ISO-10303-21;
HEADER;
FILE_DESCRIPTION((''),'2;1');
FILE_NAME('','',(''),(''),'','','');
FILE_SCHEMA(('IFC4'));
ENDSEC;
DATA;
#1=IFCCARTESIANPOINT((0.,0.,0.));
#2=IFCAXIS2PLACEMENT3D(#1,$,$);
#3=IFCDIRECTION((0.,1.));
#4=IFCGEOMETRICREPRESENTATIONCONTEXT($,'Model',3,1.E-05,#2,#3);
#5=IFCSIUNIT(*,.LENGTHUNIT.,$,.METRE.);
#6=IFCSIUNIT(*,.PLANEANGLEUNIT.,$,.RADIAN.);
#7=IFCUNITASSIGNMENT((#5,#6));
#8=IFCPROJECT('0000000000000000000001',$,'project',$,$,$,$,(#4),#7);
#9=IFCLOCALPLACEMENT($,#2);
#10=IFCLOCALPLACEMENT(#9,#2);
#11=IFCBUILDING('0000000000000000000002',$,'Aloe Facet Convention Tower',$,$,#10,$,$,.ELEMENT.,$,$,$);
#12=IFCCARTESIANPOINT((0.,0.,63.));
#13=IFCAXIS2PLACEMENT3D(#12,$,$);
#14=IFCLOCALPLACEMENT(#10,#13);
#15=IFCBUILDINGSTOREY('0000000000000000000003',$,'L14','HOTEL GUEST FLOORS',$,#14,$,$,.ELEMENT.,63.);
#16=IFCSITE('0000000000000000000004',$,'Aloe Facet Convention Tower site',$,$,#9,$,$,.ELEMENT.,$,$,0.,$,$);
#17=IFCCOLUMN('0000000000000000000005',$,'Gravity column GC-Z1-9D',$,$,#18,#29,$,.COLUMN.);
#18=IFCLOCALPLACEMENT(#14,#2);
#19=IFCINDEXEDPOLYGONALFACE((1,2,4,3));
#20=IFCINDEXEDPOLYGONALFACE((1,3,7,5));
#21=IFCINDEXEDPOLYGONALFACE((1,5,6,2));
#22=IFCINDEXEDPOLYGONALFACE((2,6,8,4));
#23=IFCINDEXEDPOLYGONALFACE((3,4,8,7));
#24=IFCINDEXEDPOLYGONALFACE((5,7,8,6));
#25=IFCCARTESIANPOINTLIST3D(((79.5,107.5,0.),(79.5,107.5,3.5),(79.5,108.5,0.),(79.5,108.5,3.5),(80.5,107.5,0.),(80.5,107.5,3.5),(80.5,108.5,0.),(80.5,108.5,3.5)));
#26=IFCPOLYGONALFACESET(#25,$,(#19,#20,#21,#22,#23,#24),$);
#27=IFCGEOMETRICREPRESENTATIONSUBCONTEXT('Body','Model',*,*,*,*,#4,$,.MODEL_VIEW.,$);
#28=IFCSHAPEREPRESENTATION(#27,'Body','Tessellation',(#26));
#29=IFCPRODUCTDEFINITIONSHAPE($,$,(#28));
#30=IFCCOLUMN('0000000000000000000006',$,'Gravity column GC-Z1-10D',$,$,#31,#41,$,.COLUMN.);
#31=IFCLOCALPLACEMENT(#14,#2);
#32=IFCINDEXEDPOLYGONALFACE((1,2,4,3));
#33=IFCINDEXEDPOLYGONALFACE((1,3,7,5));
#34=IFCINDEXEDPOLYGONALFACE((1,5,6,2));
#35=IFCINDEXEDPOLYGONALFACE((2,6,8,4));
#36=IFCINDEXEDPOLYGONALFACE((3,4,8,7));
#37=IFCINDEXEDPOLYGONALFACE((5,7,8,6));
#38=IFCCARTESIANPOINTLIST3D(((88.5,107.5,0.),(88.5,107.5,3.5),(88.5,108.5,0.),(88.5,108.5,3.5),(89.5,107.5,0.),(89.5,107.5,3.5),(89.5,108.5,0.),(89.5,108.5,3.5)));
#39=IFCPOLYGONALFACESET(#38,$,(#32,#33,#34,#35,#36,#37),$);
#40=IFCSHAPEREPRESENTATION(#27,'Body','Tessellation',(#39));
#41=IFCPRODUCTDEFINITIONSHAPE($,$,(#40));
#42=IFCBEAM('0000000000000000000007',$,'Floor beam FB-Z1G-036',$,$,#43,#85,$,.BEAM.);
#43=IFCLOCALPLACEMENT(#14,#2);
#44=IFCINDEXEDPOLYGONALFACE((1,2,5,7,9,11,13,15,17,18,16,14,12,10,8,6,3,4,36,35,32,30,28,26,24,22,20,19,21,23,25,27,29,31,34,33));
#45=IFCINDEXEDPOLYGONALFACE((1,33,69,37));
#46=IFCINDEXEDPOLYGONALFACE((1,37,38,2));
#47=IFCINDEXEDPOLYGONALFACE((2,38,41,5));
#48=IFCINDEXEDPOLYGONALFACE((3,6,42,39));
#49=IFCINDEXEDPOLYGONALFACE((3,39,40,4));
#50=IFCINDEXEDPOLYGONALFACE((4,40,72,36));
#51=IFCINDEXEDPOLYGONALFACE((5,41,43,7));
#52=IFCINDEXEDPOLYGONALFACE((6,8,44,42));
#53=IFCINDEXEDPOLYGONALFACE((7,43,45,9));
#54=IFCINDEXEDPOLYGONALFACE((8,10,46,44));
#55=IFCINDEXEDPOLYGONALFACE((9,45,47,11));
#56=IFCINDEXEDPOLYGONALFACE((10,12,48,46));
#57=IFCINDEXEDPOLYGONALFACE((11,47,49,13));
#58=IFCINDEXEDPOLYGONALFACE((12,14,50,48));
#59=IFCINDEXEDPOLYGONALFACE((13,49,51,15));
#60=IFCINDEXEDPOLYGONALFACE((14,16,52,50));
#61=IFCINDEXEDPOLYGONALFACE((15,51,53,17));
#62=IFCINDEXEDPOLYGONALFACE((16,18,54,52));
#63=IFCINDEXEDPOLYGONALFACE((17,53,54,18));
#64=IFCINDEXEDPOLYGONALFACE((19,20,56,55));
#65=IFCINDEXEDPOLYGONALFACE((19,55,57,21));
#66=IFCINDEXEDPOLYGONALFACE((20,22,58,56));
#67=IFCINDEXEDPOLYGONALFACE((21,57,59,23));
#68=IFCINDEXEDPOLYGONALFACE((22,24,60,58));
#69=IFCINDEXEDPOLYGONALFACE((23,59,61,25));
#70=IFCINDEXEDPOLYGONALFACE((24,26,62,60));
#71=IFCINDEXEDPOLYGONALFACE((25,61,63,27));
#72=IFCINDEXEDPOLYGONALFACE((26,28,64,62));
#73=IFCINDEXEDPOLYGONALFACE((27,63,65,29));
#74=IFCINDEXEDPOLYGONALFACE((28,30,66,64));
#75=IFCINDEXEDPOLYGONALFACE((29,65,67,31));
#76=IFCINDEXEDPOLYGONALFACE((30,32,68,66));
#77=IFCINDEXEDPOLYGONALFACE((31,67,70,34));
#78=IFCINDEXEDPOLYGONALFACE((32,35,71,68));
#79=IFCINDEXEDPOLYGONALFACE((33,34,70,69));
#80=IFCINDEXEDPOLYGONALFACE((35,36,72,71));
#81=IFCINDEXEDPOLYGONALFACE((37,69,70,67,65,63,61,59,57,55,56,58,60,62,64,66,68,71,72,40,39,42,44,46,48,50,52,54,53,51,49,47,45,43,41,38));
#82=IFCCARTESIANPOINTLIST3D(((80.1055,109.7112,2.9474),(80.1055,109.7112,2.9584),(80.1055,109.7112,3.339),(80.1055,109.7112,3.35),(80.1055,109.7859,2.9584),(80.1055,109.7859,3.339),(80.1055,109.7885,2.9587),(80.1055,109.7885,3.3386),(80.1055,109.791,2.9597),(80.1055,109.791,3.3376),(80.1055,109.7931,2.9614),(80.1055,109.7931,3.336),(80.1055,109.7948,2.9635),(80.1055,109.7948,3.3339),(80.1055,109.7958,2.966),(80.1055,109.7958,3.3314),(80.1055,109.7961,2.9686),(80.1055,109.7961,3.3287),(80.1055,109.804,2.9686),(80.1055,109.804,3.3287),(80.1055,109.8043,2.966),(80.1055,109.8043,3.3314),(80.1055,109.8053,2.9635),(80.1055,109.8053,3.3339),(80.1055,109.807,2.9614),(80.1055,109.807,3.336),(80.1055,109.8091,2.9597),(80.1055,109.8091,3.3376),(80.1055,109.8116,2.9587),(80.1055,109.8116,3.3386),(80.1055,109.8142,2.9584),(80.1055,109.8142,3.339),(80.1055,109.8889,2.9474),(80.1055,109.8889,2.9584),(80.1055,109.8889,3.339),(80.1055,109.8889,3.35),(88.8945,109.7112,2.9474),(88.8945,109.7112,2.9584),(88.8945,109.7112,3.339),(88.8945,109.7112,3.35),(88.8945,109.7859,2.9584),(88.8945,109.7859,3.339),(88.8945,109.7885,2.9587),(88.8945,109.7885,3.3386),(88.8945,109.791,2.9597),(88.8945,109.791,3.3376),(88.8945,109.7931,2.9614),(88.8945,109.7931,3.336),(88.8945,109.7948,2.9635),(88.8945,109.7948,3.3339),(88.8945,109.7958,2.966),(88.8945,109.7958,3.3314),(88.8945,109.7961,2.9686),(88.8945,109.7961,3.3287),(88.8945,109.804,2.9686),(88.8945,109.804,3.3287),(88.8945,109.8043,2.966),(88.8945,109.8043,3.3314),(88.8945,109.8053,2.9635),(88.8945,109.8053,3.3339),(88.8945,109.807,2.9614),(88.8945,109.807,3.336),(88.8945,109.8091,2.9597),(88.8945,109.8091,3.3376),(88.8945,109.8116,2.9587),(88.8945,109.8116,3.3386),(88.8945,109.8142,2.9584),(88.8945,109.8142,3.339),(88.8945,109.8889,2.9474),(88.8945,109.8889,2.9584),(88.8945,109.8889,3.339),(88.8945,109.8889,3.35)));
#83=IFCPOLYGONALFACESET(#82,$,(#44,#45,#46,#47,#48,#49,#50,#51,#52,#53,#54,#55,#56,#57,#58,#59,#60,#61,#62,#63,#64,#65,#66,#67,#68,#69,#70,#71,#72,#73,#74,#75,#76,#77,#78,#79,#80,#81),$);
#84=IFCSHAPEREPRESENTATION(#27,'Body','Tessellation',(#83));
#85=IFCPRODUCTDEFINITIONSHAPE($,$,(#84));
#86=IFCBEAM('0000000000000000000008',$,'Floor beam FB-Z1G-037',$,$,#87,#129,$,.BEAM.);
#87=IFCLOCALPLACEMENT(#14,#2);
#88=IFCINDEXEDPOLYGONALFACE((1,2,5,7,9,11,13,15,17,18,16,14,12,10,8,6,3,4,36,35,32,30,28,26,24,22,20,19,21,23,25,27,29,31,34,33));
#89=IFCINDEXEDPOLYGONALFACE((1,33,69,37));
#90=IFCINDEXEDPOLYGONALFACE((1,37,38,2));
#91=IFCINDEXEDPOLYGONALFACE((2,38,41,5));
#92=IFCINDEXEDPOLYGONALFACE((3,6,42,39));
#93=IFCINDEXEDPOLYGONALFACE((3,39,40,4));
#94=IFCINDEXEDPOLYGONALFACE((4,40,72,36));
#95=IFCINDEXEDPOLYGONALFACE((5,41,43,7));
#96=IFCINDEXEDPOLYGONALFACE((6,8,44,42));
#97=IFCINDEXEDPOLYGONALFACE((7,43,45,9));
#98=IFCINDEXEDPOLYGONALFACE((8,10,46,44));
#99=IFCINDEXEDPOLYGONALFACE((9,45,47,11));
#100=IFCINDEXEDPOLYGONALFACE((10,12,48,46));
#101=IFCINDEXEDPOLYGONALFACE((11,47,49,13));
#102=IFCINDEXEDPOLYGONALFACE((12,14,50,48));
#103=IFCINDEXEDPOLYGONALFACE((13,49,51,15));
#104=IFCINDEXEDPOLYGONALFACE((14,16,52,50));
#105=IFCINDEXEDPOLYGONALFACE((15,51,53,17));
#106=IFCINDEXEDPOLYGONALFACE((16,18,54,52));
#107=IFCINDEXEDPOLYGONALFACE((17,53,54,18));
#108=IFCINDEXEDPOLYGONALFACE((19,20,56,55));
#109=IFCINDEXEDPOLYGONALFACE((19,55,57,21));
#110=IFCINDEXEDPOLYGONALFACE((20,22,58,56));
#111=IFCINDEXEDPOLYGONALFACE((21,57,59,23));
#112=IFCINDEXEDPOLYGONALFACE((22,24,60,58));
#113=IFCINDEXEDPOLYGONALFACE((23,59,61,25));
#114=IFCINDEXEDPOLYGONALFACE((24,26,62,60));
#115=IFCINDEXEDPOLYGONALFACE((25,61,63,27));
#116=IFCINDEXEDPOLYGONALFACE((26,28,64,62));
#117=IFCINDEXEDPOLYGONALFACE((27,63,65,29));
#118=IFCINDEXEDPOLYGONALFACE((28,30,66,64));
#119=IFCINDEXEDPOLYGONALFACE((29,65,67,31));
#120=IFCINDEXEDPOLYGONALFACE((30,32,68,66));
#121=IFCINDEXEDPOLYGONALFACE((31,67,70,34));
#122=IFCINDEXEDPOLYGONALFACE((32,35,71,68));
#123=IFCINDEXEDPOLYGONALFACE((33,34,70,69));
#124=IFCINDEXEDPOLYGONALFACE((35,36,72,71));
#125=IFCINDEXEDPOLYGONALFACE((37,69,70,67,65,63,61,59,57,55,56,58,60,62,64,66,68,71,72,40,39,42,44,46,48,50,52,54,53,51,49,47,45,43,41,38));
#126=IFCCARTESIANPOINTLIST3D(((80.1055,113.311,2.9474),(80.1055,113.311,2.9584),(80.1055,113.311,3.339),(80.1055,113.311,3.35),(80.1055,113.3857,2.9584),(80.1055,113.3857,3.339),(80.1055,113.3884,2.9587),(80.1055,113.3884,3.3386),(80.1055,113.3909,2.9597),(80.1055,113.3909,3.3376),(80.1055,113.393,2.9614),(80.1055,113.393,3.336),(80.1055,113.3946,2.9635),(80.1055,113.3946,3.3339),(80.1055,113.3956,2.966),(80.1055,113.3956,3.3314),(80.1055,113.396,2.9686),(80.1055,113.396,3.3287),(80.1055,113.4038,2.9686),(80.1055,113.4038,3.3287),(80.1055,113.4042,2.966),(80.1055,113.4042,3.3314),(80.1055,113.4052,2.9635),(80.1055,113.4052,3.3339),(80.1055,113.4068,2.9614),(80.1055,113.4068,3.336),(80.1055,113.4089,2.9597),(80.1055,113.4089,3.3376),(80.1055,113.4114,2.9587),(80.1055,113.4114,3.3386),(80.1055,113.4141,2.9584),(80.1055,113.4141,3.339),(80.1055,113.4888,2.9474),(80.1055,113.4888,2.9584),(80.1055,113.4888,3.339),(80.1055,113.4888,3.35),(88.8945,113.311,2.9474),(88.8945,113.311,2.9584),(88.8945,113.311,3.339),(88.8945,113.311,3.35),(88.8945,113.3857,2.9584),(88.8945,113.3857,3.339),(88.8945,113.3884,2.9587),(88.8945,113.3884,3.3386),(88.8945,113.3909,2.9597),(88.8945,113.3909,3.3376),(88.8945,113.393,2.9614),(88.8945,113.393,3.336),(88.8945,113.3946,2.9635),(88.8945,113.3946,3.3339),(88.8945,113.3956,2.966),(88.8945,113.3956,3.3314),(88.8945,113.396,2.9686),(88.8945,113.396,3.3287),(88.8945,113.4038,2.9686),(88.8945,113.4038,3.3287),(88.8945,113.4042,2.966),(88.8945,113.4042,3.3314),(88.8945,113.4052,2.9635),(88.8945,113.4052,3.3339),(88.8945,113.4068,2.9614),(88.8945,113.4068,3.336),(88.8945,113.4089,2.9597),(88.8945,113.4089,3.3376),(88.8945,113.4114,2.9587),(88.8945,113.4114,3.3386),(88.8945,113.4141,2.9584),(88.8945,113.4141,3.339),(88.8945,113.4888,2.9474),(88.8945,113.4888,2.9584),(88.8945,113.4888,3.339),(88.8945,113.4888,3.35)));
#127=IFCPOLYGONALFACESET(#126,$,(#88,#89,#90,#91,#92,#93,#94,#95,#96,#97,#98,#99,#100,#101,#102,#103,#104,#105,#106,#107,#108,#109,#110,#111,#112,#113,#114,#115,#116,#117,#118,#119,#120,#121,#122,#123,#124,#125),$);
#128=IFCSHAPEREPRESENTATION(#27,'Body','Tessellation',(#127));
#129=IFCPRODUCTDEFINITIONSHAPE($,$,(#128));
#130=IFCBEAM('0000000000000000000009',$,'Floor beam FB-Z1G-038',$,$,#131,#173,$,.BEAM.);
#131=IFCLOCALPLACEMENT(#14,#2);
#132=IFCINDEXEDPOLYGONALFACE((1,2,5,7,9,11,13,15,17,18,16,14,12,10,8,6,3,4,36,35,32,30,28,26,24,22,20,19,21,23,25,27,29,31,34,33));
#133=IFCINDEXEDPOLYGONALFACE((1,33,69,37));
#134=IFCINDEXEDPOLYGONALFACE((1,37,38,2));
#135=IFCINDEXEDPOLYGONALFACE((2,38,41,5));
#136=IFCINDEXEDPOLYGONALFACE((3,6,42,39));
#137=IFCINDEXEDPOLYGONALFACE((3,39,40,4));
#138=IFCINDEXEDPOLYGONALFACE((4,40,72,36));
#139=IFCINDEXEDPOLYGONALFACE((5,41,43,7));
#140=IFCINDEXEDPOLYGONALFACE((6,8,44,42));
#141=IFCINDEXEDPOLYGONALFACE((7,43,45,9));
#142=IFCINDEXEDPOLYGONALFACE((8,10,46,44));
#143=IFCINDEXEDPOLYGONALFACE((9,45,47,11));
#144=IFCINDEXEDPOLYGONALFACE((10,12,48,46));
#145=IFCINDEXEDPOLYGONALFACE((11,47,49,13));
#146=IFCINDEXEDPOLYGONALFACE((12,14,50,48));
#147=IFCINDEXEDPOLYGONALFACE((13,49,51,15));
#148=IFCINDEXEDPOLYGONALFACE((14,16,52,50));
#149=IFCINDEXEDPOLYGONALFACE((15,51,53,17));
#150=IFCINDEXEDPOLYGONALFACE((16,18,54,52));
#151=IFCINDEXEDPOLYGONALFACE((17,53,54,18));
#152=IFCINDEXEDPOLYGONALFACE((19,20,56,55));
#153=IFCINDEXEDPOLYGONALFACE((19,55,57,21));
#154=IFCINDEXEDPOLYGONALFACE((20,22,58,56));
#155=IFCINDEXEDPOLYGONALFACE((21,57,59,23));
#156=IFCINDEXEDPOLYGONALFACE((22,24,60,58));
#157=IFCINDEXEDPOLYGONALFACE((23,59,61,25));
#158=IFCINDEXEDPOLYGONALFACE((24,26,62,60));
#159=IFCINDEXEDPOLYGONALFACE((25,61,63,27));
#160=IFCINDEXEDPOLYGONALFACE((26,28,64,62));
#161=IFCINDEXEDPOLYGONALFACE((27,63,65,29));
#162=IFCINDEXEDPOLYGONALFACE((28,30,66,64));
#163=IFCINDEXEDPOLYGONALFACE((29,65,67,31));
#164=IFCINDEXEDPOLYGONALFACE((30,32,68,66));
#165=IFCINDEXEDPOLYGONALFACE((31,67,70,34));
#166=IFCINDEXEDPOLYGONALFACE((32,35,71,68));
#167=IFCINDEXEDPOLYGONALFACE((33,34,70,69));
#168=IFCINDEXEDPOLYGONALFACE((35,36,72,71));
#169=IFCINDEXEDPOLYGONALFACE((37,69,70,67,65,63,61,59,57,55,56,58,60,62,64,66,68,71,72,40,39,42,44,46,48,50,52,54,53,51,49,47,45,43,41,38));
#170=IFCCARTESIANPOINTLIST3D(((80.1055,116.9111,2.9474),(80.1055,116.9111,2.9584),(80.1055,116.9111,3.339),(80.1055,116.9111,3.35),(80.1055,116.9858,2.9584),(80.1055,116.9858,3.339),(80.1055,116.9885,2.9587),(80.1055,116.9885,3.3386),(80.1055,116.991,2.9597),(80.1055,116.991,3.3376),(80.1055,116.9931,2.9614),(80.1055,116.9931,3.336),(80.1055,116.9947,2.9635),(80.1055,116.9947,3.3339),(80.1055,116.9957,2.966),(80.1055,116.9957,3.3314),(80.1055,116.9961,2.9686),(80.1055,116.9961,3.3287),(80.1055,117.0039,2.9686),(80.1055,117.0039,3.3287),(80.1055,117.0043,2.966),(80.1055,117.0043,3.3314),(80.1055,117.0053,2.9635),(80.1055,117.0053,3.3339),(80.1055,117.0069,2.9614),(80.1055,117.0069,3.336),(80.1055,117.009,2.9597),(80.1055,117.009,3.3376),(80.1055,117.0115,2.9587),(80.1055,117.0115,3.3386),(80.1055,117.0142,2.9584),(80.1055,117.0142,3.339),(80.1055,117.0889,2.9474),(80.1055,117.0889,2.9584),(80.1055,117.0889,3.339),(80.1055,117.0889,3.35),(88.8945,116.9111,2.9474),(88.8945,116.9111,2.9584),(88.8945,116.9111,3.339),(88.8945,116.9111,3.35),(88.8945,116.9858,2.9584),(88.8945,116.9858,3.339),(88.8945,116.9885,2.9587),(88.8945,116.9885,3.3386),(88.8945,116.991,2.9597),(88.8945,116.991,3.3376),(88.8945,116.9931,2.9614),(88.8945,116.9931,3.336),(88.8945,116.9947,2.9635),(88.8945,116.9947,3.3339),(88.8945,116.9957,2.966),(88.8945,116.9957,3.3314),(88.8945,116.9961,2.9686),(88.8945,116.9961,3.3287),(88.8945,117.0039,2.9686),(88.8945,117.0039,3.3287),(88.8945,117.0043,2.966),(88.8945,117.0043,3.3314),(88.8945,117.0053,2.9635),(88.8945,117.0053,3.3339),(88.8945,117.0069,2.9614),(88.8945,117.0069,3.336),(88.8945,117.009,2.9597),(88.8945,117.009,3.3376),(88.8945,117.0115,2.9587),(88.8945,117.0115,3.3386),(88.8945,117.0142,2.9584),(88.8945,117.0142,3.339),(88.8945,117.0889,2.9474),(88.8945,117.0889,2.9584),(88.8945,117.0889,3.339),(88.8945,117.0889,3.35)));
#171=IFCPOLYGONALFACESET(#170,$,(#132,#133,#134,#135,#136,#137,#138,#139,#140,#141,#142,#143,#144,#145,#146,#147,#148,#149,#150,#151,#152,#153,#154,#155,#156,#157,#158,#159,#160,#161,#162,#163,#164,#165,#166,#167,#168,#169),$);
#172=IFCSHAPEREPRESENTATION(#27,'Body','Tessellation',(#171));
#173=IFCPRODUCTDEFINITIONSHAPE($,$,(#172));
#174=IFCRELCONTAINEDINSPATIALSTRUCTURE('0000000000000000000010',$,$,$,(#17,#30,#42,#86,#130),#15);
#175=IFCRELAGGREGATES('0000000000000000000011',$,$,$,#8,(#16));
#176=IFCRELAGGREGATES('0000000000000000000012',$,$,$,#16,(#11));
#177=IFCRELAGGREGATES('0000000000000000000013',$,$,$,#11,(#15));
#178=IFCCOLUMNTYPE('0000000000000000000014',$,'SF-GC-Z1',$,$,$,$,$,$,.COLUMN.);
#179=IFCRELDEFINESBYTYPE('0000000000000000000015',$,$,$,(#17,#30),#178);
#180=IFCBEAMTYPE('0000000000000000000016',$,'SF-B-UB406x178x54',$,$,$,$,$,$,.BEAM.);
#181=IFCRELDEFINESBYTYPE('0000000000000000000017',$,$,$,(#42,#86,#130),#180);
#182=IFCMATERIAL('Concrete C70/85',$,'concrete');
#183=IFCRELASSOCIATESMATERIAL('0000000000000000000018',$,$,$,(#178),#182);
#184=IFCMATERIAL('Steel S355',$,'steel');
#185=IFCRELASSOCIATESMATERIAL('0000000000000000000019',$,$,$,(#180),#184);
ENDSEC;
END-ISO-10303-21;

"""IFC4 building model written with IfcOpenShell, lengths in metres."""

from ifc_helpers import new_model, si_unit, direction, frame, origin, origin_2d, place, context, subcontext, project, spatial, rectangle, i_section, extrude, material, material_profile, profile_set, type_object, element, save


model = new_model("IFC4")

# Units and contexts
model_context = context("Model", 3, precision=1e-05, world=origin(), true_north=direction((0.0, 1.0)))
body_context = subcontext(model_context, "Body", "Model", "MODEL_VIEW")
ifc_project = project(units=[si_unit("LENGTHUNIT", "METRE"), si_unit("PLANEANGLEUNIT", "RADIAN")], contexts=[model_context])

# Site, building, storey
site_placement = place(None, origin())
site = spatial("IfcSite", under=ifc_project, at=site_placement, Name="Aloe Facet Convention Tower site", CompositionType="ELEMENT", RefElevation=0.0)
building_placement = place(site_placement, origin())
building = spatial("IfcBuilding", under=site, at=building_placement, Name="Aloe Facet Convention Tower", CompositionType="ELEMENT")
storey_placement = place(building_placement, frame((0.0, 0.0, 63.0)))
storey = spatial("IfcBuildingStorey", under=building, at=storey_placement, Name="L14", Description="HOTEL GUEST FLOORS", CompositionType="ELEMENT", Elevation=63.0)

# Columns
ifc_material_1 = material(Name="Concrete C70/85", Category="concrete")
ifc_material_profile_1 = material_profile(ifc_material_1, rectangle(XDim=1.0, YDim=1.0, at=origin_2d()), Name="SF-GC-Z1")
ifc_profile_set_1 = profile_set([ifc_material_profile_1], Name="Concrete C70/85")
column_type = type_object("IfcColumnType", Name="SF-GC-Z1", PredefinedType="COLUMN", material=ifc_profile_set_1)
for number, where, z_axis, x_axis, name in (
    (1, (80.0, 108.0, 0.0), (0.0, 0.0, 1.0), (1.0, 0.0, 0.0), "Gravity column GC-Z1-9D"),
    (2, (89.0, 108.0, 0.0), (0.0, 0.0, 1.0), (1.0, 0.0, 0.0), "Gravity column GC-Z1-10D"),
):
    element("IfcColumn", number, at=place(storey_placement, frame(where, z_axis=z_axis, x_axis=x_axis)), inside=storey, type_object=column_type, Name=name, PredefinedType="COLUMN", context=body_context, shape_type="SweptSolid", body=[
        extrude(rectangle(XDim=1.0, YDim=1.0, at=origin_2d()), origin(), (0.0, 0.0, 1.0), 3.5),
    ])

# Beams
ifc_material_2 = material(Name="Steel S355", Category="steel")
ifc_material_profile_2 = material_profile(ifc_material_2, i_section(OverallWidth=0.1777, OverallDepth=0.4026, WebThickness=0.0078, FlangeThickness=0.011, FilletRadius=0.0103, at=origin_2d()), Name="UB 406x178x54")
ifc_profile_set_2 = profile_set([ifc_material_profile_2], Name="Steel S355")
beam_type_1 = type_object("IfcBeamType", Name="SF-B-UB406x178x54", PredefinedType="BEAM", material=ifc_profile_set_2)
for number, where, z_axis, x_axis, name in (
    (3, (80.1055, 109.8, 3.1487), (1.0, 0.0, 0.0), (0.0, 1.0, 0.0), "Floor beam FB-Z1G-036"),
    (4, (80.1055, 113.3999, 3.1487), (1.0, 0.0, 0.0), (0.0, 1.0, 0.0), "Floor beam FB-Z1G-037"),
    (5, (80.1055, 117.0, 3.1487), (1.0, 0.0, 0.0), (0.0, 1.0, 0.0), "Floor beam FB-Z1G-038"),
):
    element("IfcBeam", number, at=place(storey_placement, frame(where, z_axis=z_axis, x_axis=x_axis)), inside=storey, type_object=beam_type_1, Name=name, PredefinedType="BEAM", context=body_context, shape_type="SweptSolid", body=[
        extrude(i_section(OverallWidth=0.1777, OverallDepth=0.4026, WebThickness=0.0078, FlangeThickness=0.011, FilletRadius=0.0103, at=origin_2d()), origin(), (0.0, 0.0, 1.0), 8.7891),
    ])

save(model, "model.ifc")
